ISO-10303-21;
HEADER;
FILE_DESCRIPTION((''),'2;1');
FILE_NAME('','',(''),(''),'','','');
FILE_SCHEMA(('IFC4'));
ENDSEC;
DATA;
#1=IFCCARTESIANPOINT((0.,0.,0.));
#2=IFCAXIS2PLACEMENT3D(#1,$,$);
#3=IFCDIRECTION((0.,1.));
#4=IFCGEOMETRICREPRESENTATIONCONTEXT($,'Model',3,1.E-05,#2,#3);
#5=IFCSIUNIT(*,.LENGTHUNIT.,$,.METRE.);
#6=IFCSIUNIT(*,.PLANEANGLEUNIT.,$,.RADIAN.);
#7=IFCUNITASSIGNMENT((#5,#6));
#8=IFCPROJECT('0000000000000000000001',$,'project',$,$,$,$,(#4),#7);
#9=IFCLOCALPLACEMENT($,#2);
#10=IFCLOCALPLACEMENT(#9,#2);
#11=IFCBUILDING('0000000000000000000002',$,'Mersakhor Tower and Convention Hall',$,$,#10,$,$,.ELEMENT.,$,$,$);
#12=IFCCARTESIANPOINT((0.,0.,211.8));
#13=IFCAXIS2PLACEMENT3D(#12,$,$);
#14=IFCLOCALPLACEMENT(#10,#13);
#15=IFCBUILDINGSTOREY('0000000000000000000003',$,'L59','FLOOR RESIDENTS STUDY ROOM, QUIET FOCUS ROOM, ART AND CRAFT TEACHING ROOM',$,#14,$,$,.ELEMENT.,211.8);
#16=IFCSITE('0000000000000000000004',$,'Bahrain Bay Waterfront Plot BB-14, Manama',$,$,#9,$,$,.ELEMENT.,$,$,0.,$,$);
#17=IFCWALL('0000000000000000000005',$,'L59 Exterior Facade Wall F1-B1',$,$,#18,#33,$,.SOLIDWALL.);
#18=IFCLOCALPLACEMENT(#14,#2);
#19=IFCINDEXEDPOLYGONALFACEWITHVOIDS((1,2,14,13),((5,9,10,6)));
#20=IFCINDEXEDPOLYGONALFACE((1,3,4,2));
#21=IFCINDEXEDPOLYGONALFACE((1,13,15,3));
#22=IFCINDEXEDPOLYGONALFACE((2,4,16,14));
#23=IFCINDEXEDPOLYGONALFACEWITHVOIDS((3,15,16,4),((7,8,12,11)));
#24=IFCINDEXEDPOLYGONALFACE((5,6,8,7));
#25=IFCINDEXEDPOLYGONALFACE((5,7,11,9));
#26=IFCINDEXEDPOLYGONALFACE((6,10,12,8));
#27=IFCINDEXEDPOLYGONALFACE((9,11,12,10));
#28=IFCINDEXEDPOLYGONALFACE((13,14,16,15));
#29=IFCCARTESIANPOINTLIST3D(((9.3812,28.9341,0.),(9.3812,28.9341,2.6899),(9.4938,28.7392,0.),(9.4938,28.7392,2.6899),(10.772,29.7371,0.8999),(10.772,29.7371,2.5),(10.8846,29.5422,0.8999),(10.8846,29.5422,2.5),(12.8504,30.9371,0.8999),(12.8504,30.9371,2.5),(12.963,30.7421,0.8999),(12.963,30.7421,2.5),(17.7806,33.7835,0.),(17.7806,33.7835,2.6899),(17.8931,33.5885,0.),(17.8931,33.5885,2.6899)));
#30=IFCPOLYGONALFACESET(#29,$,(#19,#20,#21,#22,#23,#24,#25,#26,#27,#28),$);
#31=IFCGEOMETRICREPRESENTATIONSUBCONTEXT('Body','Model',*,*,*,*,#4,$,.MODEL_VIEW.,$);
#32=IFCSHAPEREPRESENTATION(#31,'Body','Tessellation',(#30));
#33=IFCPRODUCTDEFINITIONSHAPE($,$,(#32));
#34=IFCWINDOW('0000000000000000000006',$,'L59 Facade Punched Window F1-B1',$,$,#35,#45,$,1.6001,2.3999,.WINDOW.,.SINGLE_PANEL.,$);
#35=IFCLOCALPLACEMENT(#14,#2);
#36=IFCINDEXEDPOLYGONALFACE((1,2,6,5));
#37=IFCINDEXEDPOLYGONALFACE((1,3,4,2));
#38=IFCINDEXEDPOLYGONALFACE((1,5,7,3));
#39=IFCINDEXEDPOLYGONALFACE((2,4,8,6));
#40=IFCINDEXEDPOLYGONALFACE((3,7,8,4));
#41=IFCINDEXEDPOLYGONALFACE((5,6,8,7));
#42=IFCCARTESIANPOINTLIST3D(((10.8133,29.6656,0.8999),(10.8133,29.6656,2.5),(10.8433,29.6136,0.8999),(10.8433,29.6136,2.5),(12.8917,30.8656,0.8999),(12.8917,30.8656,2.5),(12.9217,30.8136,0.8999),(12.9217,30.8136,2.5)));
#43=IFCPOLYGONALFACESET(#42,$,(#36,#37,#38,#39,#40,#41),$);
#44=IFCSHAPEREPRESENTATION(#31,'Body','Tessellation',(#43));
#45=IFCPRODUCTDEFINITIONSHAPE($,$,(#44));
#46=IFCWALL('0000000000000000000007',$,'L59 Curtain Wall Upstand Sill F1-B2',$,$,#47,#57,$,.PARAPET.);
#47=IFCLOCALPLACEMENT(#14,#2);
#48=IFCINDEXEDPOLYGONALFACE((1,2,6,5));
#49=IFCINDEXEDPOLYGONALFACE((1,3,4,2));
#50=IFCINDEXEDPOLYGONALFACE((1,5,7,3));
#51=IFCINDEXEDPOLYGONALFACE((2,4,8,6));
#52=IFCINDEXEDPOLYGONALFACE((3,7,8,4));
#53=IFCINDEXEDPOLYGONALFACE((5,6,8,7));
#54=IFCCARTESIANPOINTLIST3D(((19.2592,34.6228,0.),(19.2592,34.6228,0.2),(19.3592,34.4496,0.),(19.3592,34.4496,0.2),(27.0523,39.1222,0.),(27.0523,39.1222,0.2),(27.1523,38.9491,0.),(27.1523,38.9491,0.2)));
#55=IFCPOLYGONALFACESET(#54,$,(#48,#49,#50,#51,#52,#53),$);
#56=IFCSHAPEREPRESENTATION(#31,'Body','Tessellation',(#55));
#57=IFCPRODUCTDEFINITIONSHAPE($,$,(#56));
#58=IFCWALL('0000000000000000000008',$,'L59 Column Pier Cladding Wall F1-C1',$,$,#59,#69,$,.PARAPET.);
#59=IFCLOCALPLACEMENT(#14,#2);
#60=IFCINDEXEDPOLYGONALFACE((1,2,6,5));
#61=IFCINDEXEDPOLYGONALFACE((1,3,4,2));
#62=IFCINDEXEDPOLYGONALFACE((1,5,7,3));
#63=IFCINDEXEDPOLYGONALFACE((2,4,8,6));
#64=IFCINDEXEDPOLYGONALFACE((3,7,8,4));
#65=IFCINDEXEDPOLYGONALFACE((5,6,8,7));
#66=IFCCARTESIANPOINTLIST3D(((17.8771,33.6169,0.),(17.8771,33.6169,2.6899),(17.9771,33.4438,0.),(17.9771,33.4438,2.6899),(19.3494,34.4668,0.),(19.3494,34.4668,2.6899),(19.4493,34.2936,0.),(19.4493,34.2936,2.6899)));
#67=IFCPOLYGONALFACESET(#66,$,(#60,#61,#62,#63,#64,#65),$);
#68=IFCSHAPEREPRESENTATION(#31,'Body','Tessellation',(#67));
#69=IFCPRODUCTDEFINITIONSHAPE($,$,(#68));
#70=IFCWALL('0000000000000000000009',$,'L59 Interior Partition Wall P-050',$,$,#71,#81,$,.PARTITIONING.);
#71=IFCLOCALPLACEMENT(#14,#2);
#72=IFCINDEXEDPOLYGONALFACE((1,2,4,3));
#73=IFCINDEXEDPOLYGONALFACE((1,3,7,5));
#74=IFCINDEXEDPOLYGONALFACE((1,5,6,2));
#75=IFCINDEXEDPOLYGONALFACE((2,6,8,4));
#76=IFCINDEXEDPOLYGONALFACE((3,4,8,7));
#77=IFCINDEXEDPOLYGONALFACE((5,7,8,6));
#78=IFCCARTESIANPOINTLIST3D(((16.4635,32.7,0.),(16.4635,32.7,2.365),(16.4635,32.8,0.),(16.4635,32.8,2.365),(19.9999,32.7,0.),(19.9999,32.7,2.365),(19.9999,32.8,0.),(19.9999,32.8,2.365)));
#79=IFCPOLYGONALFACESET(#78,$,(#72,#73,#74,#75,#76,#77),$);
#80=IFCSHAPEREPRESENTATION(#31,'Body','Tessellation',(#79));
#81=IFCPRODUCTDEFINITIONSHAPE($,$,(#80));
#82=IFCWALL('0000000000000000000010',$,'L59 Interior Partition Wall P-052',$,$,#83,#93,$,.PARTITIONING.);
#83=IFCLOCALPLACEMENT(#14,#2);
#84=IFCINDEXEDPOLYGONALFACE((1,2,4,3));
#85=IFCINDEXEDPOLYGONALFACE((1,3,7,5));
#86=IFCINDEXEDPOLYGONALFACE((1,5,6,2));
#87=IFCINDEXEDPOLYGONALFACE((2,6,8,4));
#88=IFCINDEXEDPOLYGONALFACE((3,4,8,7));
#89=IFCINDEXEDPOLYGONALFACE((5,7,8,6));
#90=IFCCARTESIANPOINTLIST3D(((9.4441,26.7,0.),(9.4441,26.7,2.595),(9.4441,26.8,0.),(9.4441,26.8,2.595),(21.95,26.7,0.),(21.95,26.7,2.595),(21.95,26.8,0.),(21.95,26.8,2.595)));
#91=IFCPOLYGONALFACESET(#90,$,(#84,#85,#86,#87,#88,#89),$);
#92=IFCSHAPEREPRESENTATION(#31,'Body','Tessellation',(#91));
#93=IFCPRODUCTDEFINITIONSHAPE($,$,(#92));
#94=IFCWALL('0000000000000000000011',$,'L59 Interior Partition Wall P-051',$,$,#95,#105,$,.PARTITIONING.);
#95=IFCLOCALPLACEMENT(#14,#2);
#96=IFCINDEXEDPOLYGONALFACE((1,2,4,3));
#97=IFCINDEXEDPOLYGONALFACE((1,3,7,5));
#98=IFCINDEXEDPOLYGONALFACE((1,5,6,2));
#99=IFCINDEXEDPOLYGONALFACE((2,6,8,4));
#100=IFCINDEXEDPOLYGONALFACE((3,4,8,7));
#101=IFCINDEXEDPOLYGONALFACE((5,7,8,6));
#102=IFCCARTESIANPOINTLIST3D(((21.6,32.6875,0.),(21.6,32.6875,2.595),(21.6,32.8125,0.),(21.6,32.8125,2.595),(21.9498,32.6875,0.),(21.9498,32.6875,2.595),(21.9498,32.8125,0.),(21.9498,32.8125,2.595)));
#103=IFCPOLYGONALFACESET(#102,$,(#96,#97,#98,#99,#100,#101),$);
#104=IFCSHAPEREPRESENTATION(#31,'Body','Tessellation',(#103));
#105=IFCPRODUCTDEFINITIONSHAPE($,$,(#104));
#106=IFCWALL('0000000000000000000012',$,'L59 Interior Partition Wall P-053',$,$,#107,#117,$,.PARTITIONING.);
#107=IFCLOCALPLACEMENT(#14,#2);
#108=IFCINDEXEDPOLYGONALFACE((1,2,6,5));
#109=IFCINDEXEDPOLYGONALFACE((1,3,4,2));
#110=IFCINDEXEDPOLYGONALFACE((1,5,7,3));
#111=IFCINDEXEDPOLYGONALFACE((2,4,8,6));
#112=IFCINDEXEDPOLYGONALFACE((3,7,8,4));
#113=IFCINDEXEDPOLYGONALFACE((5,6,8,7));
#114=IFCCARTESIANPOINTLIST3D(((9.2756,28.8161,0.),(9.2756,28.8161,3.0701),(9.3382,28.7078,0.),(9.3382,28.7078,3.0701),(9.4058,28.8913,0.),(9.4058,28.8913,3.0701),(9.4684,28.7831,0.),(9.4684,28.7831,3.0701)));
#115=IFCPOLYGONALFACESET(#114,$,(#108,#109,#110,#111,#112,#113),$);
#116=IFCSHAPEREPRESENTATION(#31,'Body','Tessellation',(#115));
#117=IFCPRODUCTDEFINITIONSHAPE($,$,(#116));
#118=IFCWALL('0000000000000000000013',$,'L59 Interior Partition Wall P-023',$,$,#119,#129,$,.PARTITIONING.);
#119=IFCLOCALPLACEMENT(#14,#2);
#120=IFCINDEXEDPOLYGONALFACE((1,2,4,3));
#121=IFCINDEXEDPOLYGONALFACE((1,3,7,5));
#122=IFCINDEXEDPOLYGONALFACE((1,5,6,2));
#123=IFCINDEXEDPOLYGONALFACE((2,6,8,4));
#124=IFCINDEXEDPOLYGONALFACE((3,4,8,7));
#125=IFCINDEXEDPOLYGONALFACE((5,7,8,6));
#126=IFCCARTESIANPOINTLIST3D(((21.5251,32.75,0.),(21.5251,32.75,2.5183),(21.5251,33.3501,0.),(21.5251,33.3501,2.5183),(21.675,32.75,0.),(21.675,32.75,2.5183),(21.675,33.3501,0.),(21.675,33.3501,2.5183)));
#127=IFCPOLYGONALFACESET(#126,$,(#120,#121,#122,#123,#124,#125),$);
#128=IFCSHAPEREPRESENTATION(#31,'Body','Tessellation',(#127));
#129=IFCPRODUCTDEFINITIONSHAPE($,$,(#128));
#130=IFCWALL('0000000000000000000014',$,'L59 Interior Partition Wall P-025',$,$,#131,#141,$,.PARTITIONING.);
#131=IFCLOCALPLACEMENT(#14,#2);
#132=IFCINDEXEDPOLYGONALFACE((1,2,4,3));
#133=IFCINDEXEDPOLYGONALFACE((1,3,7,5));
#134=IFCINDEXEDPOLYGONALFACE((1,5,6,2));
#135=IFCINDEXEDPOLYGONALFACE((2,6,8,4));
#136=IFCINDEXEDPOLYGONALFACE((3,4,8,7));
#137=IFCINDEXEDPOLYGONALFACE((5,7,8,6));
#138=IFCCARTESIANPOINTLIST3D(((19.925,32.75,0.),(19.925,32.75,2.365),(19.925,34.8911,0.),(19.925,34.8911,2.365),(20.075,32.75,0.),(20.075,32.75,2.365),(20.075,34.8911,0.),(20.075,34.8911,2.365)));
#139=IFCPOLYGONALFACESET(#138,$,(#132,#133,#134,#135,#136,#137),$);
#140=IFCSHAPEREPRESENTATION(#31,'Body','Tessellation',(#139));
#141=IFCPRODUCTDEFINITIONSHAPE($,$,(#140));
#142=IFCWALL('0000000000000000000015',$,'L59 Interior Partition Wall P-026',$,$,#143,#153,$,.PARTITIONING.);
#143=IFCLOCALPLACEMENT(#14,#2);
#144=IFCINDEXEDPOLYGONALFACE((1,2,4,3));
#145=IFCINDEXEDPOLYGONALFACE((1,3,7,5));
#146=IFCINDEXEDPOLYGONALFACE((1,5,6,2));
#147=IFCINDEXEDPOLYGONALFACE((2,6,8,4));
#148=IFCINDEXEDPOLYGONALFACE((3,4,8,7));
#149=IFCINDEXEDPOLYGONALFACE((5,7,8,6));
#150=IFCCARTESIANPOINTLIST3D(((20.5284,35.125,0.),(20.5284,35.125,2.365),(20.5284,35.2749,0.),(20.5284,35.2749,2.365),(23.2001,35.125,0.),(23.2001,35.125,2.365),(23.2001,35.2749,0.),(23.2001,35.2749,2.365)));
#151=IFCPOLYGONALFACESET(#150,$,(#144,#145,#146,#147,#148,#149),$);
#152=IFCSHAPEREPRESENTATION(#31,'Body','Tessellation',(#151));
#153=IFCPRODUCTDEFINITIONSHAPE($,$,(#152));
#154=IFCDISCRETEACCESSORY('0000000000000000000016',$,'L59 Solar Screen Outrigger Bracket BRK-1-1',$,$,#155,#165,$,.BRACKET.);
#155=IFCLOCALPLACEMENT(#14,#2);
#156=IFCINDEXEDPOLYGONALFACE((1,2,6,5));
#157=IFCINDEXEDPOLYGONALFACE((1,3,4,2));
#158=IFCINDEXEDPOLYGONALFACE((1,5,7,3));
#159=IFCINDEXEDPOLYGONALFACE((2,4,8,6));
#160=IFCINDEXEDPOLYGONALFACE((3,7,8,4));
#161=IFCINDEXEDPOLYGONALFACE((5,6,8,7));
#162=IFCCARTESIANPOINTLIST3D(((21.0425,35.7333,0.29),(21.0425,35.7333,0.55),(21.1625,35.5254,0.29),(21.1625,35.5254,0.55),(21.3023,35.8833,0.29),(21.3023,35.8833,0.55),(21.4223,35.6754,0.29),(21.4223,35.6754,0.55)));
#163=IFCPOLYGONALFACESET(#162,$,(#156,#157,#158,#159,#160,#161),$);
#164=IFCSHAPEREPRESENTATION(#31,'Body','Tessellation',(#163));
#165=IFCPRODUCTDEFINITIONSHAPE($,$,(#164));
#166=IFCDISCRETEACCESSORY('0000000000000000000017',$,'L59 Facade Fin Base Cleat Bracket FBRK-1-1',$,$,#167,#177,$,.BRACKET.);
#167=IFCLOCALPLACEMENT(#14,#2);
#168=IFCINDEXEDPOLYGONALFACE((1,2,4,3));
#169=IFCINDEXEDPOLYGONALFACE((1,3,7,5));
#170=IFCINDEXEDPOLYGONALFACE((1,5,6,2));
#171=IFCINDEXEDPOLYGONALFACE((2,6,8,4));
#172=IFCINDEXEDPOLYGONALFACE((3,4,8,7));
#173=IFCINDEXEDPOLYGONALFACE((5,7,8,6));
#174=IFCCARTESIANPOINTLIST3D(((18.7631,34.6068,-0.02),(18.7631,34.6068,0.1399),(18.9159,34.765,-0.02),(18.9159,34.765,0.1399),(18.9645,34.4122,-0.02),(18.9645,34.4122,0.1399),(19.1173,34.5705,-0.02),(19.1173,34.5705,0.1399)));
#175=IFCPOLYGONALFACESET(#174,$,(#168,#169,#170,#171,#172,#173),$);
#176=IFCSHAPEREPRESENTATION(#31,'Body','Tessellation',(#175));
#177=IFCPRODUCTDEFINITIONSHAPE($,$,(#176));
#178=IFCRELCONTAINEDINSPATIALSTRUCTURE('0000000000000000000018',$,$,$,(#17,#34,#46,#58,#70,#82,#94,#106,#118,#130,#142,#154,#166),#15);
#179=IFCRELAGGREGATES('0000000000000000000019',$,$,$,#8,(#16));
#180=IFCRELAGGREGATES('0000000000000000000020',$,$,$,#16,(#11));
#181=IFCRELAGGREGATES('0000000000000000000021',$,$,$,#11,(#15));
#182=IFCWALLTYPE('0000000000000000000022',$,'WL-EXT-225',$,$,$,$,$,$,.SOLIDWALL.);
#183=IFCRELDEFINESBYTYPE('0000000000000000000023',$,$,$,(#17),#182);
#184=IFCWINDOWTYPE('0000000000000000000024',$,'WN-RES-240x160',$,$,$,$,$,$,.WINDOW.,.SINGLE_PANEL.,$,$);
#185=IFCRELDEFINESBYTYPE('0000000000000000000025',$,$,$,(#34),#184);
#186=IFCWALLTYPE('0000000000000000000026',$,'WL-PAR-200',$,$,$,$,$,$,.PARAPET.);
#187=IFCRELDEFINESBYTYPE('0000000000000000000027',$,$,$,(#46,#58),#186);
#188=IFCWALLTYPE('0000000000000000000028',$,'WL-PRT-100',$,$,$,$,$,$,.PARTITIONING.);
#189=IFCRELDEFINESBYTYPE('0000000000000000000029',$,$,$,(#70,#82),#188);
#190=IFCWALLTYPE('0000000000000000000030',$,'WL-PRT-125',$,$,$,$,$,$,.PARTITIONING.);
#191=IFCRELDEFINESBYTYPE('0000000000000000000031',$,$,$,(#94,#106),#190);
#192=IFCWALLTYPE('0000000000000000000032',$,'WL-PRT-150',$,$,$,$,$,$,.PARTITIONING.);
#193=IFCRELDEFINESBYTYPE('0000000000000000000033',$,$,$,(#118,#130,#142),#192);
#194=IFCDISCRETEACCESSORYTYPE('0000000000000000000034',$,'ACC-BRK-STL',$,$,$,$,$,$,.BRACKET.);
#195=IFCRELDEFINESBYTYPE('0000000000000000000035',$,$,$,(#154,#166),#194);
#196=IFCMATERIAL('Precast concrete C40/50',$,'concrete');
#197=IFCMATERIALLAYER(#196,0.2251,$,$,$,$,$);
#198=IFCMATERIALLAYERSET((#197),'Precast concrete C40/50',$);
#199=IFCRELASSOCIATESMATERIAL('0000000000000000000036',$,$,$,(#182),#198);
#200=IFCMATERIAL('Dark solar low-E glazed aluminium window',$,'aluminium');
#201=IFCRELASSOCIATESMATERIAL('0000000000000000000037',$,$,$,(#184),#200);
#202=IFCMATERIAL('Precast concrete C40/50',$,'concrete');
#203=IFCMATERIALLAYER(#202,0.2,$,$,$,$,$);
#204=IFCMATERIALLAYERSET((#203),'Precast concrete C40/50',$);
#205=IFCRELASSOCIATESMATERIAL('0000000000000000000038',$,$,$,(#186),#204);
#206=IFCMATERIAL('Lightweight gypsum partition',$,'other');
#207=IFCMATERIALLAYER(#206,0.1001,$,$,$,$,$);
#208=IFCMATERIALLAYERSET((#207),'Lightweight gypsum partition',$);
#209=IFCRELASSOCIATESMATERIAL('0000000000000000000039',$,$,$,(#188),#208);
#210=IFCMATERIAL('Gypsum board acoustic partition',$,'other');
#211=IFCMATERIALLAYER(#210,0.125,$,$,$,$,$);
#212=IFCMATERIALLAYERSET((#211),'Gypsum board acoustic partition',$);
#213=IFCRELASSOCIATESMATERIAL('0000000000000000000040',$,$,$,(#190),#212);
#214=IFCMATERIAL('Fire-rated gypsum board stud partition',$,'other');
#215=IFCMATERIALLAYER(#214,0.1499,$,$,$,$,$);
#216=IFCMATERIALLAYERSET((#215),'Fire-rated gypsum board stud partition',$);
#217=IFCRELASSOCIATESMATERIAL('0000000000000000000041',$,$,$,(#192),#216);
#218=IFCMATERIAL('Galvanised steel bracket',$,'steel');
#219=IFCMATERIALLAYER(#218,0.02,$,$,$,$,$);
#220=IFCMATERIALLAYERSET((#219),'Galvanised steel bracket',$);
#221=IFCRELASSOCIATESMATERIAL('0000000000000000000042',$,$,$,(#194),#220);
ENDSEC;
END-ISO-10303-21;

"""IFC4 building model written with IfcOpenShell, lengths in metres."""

from ifc_helpers import new_model, si_unit, direction, frame, frame_2d, origin, origin_2d, place, context, subcontext, project, spatial, rectangle, extrude, material, layer, layer_set, type_object, element, fill, save


model = new_model("IFC4")

# Units and contexts
model_context = context("Model", 3, precision=1e-05, world=origin(), true_north=direction((0.0, 1.0)))
body_context = subcontext(model_context, "Body", "Model", "MODEL_VIEW")
ifc_project = project(units=[si_unit("LENGTHUNIT", "METRE"), si_unit("PLANEANGLEUNIT", "RADIAN")], contexts=[model_context])

# Site, building, storey
site_placement = place(None, origin())
site = spatial("IfcSite", under=ifc_project, at=site_placement, Name="Bahrain Bay Waterfront Plot BB-14, Manama", CompositionType="ELEMENT", RefElevation=0.0)
building_placement = place(site_placement, origin())
building = spatial("IfcBuilding", under=site, at=building_placement, Name="Mersakhor Tower and Convention Hall", CompositionType="ELEMENT")
storey_placement = place(building_placement, frame((0.0, 0.0, 211.8)))
storey = spatial("IfcBuildingStorey", under=building, at=storey_placement, Name="L59", Description="FLOOR RESIDENTS STUDY ROOM, QUIET FOCUS ROOM, ART AND CRAFT TEACHING ROOM", CompositionType="ELEMENT", Elevation=211.8)

# Wall, opening, window
ifc_material_1 = material(Name="Precast concrete C40/50", Category="concrete")
ifc_layer_1 = layer(ifc_material_1, 0.2251)
ifc_layer_set_1 = layer_set([ifc_layer_1], Name="Precast concrete C40/50")
wall_type_1 = type_object("IfcWallType", Name="WL-EXT-225", PredefinedType="SOLIDWALL", material=ifc_layer_set_1)
wall_1_placement = place(storey_placement, frame((9.4375, 28.8367, 0.0), z_axis=(0.0, 0.0, 1.0), x_axis=(0.866027, 0.499997, 0.0)))
wall_1 = element("IfcWall", 1, at=wall_1_placement, inside=storey, type_object=wall_type_1, Name="L59 Exterior Facade Wall F1-B1", PredefinedType="SOLIDWALL", context=body_context, shape_type="SweptSolid", body=[
    extrude(rectangle(XDim=9.6987, YDim=0.2251, at=frame_2d((4.8494, 0.0))), origin(), (0.0, 0.0, 1.0), 2.6899),
])
opening_1_placement = place(wall_1_placement, frame((1.606, 0.0, 0.8999)))
opening_1 = element("IfcOpeningElement", 2, at=opening_1_placement, cuts=wall_1, PredefinedType="OPENING", context=body_context, shape_type="SweptSolid", body=[
    extrude(rectangle(XDim=2.3999, YDim=1.6001, at=frame_2d((1.2, 0.8))), frame((0.0, 0.1226, 0.0), z_axis=(0.0, -1.0, 0.0), x_axis=(1.0, 0.0, 0.0)), (0.0, 0.0, 1.0), 0.2451),
])
ifc_material_2 = material(Name="Dark solar low-E glazed aluminium window", Category="aluminium")
window_type = type_object("IfcWindowType", Name="WN-RES-240x160", PartitioningType="SINGLE_PANEL", PredefinedType="WINDOW", material=ifc_material_2)
window_placement = place(opening_1_placement, origin())
window = element("IfcWindow", 3, at=window_placement, inside=storey, type_object=window_type, Name="L59 Facade Punched Window F1-B1", OverallHeight=1.6001, OverallWidth=2.3999, PartitioningType="SINGLE_PANEL", PredefinedType="WINDOW", context=body_context, shape_type="SweptSolid", body=[
    extrude(rectangle(XDim=2.3999, YDim=1.6001, at=frame_2d((1.2, 0.8))), frame((0.0, 0.03, 0.0), z_axis=(0.0, -1.0, 0.0), x_axis=(1.0, 0.0, 0.0)), (0.0, 0.0, 1.0), 0.0601),
])
fill(opening_1, window)

# Walls
ifc_material_3 = material(Name="Precast concrete C40/50", Category="concrete")
ifc_layer_2 = layer(ifc_material_3, 0.2)
ifc_layer_set_2 = layer_set([ifc_layer_2], Name="Precast concrete C40/50")
wall_type_2 = type_object("IfcWallType", Name="WL-PAR-200", PredefinedType="PARAPET", material=ifc_layer_set_2)
wall_2_placement = place(storey_placement, frame((19.3091, 34.5361, 0.0), z_axis=(0.0, 0.0, 1.0), x_axis=(0.866021, 0.500008, 0.0)))
element("IfcWall", 4, at=wall_2_placement, inside=storey, type_object=wall_type_2, Name="L59 Curtain Wall Upstand Sill F1-B2", PredefinedType="PARAPET", context=body_context, shape_type="SweptSolid", body=[
    extrude(rectangle(XDim=8.9988, YDim=0.2, at=frame_2d((4.4995, 0.0))), origin(), (0.0, 0.0, 1.0), 0.2),
])
wall_3_placement = place(storey_placement, frame((17.927, 33.5303, 0.0), z_axis=(0.0, 0.0, 1.0), x_axis=(0.866052, 0.499955, 0.0)))
element("IfcWall", 5, at=wall_3_placement, inside=storey, type_object=wall_type_2, Name="L59 Column Pier Cladding Wall F1-C1", PredefinedType="PARAPET", context=body_context, shape_type="SweptSolid", body=[
    extrude(rectangle(XDim=1.7, YDim=0.2, at=frame_2d((0.8501, 0.0))), origin(), (0.0, 0.0, 1.0), 2.6899),
])
ifc_material_4 = material(Name="Lightweight gypsum partition", Category="other")
ifc_layer_3 = layer(ifc_material_4, 0.1001)
ifc_layer_set_3 = layer_set([ifc_layer_3], Name="Lightweight gypsum partition")
wall_type_3 = type_object("IfcWallType", Name="WL-PRT-100", PredefinedType="PARTITIONING", material=ifc_layer_set_3)
wall_4_placement = place(storey_placement, frame((16.4636, 32.75, 0.0), z_axis=(0.0, 0.0, 1.0), x_axis=(1.0, 0.0, 0.0)))
element("IfcWall", 6, at=wall_4_placement, inside=storey, type_object=wall_type_3, Name="L59 Interior Partition Wall P-050", PredefinedType="PARTITIONING", context=body_context, shape_type="SweptSolid", body=[
    extrude(rectangle(XDim=3.5364, YDim=0.1001, at=frame_2d((1.7681, 0.0))), origin(), (0.0, 0.0, 1.0), 2.365),
])
wall_5_placement = place(storey_placement, frame((21.95, 26.75, 0.0), z_axis=(0.0, 0.0, 1.0), x_axis=(-1.0, 0.0, 0.0)))
element("IfcWall", 7, at=wall_5_placement, inside=storey, type_object=wall_type_3, Name="L59 Interior Partition Wall P-052", PredefinedType="PARTITIONING", context=body_context, shape_type="SweptSolid", body=[
    extrude(rectangle(XDim=12.5059, YDim=0.1001, at=frame_2d((6.2529, 0.0))), origin(), (0.0, 0.0, 1.0), 2.595),
])
ifc_material_5 = material(Name="Gypsum board acoustic partition", Category="other")
ifc_layer_4 = layer(ifc_material_5, 0.125)
ifc_layer_set_4 = layer_set([ifc_layer_4], Name="Gypsum board acoustic partition")
wall_type_4 = type_object("IfcWallType", Name="WL-PRT-125", PredefinedType="PARTITIONING", material=ifc_layer_set_4)
wall_6_placement = place(storey_placement, frame((21.6001, 32.75, 0.0), z_axis=(0.0, 0.0, 1.0), x_axis=(1.0, 0.0, 0.0)))
element("IfcWall", 8, at=wall_6_placement, inside=storey, type_object=wall_type_4, Name="L59 Interior Partition Wall P-051", PredefinedType="PARTITIONING", context=body_context, shape_type="SweptSolid", body=[
    extrude(rectangle(XDim=0.3499, YDim=0.125, at=frame_2d((0.1748, 0.0))), origin(), (0.0, 0.0, 1.0), 2.595),
])
wall_7_placement = place(storey_placement, frame((9.3069, 28.762, 0.0), z_axis=(0.0, 0.0, 1.0), x_axis=(0.865834, 0.500332, 0.0)))
element("IfcWall", 9, at=wall_7_placement, inside=storey, type_object=wall_type_4, Name="L59 Interior Partition Wall P-053", PredefinedType="PARTITIONING", context=body_context, shape_type="SweptSolid", body=[
    extrude(rectangle(XDim=0.1504, YDim=0.125, at=frame_2d((0.0752, 0.0))), origin(), (0.0, 0.0, 1.0), 3.0701),
])
ifc_material_6 = material(Name="Fire-rated gypsum board stud partition", Category="other")
ifc_layer_5 = layer(ifc_material_6, 0.1499)
ifc_layer_set_5 = layer_set([ifc_layer_5], Name="Fire-rated gypsum board stud partition")
wall_type_5 = type_object("IfcWallType", Name="WL-PRT-150", PredefinedType="PARTITIONING", material=ifc_layer_set_5)
wall_8_placement = place(storey_placement, frame((21.6001, 33.3501, 0.0), z_axis=(0.0, 0.0, 1.0), x_axis=(0.0, -1.0, 0.0)))
element("IfcWall", 10, at=wall_8_placement, inside=storey, type_object=wall_type_5, Name="L59 Interior Partition Wall P-023", PredefinedType="PARTITIONING", context=body_context, shape_type="SweptSolid", body=[
    extrude(rectangle(XDim=0.6001, YDim=0.1499, at=frame_2d((0.3, 0.0))), origin(), (0.0, 0.0, 1.0), 2.5183),
])

# Walls
wall_9_placement = place(storey_placement, frame((20.0, 32.75, 0.0), z_axis=(0.0, 0.0, 1.0), x_axis=(0.0, 1.0, 0.0)))
element("IfcWall", 11, at=wall_9_placement, inside=storey, type_object=wall_type_5, Name="L59 Interior Partition Wall P-025", PredefinedType="PARTITIONING", context=body_context, shape_type="SweptSolid", body=[
    extrude(rectangle(XDim=2.1411, YDim=0.1499, at=frame_2d((1.0706, 0.0))), origin(), (0.0, 0.0, 1.0), 2.365),
])
wall_10_placement = place(storey_placement, frame((20.5283, 35.2, 0.0), z_axis=(0.0, 0.0, 1.0), x_axis=(1.0, 0.0, 0.0)))
element("IfcWall", 12, at=wall_10_placement, inside=storey, type_object=wall_type_5, Name="L59 Interior Partition Wall P-026", PredefinedType="PARTITIONING", context=body_context, shape_type="SweptSolid", body=[
    extrude(rectangle(XDim=2.6716, YDim=0.1499, at=frame_2d((1.3359, 0.0))), origin(), (0.0, 0.0, 1.0), 2.365),
])

# Discrete accessories
ifc_material_7 = material(Name="Galvanised steel bracket", Category="steel")
ifc_layer_6 = layer(ifc_material_7, 0.02)
ifc_layer_set_6 = layer_set([ifc_layer_6], Name="Galvanised steel bracket")
discrete_accessory_type = type_object("IfcDiscreteAccessoryType", Name="ACC-BRK-STL", PredefinedType="BRACKET", material=ifc_layer_set_6)
discrete_accessory_1_placement = place(storey_placement, frame((21.2324, 35.7043, 0.29), z_axis=(0.0, 0.0, 1.0), x_axis=(0.866025, 0.5, 0.0)))
element("IfcDiscreteAccessory", 13, at=discrete_accessory_1_placement, inside=storey, type_object=discrete_accessory_type, Name="L59 Solar Screen Outrigger Bracket BRK-1-1", PredefinedType="BRACKET", context=body_context, shape_type="SweptSolid", body=[
    extrude(rectangle(XDim=0.3, YDim=0.24, at=origin_2d()), origin(), (0.0, 0.0, 1.0), 0.26),
])
discrete_accessory_2_placement = place(storey_placement, frame((18.9402, 34.5886, -0.02), z_axis=(0.0, 0.0, 1.0), x_axis=(-0.71934, 0.694658, 0.0)))
element("IfcDiscreteAccessory", 14, at=discrete_accessory_2_placement, inside=storey, type_object=discrete_accessory_type, Name="L59 Facade Fin Base Cleat Bracket FBRK-1-1", PredefinedType="BRACKET", context=body_context, shape_type="SweptSolid", body=[
    extrude(rectangle(XDim=0.28, YDim=0.22, at=origin_2d()), origin(), (0.0, 0.0, 1.0), 0.1599),
])

save(model, "model.ifc")
